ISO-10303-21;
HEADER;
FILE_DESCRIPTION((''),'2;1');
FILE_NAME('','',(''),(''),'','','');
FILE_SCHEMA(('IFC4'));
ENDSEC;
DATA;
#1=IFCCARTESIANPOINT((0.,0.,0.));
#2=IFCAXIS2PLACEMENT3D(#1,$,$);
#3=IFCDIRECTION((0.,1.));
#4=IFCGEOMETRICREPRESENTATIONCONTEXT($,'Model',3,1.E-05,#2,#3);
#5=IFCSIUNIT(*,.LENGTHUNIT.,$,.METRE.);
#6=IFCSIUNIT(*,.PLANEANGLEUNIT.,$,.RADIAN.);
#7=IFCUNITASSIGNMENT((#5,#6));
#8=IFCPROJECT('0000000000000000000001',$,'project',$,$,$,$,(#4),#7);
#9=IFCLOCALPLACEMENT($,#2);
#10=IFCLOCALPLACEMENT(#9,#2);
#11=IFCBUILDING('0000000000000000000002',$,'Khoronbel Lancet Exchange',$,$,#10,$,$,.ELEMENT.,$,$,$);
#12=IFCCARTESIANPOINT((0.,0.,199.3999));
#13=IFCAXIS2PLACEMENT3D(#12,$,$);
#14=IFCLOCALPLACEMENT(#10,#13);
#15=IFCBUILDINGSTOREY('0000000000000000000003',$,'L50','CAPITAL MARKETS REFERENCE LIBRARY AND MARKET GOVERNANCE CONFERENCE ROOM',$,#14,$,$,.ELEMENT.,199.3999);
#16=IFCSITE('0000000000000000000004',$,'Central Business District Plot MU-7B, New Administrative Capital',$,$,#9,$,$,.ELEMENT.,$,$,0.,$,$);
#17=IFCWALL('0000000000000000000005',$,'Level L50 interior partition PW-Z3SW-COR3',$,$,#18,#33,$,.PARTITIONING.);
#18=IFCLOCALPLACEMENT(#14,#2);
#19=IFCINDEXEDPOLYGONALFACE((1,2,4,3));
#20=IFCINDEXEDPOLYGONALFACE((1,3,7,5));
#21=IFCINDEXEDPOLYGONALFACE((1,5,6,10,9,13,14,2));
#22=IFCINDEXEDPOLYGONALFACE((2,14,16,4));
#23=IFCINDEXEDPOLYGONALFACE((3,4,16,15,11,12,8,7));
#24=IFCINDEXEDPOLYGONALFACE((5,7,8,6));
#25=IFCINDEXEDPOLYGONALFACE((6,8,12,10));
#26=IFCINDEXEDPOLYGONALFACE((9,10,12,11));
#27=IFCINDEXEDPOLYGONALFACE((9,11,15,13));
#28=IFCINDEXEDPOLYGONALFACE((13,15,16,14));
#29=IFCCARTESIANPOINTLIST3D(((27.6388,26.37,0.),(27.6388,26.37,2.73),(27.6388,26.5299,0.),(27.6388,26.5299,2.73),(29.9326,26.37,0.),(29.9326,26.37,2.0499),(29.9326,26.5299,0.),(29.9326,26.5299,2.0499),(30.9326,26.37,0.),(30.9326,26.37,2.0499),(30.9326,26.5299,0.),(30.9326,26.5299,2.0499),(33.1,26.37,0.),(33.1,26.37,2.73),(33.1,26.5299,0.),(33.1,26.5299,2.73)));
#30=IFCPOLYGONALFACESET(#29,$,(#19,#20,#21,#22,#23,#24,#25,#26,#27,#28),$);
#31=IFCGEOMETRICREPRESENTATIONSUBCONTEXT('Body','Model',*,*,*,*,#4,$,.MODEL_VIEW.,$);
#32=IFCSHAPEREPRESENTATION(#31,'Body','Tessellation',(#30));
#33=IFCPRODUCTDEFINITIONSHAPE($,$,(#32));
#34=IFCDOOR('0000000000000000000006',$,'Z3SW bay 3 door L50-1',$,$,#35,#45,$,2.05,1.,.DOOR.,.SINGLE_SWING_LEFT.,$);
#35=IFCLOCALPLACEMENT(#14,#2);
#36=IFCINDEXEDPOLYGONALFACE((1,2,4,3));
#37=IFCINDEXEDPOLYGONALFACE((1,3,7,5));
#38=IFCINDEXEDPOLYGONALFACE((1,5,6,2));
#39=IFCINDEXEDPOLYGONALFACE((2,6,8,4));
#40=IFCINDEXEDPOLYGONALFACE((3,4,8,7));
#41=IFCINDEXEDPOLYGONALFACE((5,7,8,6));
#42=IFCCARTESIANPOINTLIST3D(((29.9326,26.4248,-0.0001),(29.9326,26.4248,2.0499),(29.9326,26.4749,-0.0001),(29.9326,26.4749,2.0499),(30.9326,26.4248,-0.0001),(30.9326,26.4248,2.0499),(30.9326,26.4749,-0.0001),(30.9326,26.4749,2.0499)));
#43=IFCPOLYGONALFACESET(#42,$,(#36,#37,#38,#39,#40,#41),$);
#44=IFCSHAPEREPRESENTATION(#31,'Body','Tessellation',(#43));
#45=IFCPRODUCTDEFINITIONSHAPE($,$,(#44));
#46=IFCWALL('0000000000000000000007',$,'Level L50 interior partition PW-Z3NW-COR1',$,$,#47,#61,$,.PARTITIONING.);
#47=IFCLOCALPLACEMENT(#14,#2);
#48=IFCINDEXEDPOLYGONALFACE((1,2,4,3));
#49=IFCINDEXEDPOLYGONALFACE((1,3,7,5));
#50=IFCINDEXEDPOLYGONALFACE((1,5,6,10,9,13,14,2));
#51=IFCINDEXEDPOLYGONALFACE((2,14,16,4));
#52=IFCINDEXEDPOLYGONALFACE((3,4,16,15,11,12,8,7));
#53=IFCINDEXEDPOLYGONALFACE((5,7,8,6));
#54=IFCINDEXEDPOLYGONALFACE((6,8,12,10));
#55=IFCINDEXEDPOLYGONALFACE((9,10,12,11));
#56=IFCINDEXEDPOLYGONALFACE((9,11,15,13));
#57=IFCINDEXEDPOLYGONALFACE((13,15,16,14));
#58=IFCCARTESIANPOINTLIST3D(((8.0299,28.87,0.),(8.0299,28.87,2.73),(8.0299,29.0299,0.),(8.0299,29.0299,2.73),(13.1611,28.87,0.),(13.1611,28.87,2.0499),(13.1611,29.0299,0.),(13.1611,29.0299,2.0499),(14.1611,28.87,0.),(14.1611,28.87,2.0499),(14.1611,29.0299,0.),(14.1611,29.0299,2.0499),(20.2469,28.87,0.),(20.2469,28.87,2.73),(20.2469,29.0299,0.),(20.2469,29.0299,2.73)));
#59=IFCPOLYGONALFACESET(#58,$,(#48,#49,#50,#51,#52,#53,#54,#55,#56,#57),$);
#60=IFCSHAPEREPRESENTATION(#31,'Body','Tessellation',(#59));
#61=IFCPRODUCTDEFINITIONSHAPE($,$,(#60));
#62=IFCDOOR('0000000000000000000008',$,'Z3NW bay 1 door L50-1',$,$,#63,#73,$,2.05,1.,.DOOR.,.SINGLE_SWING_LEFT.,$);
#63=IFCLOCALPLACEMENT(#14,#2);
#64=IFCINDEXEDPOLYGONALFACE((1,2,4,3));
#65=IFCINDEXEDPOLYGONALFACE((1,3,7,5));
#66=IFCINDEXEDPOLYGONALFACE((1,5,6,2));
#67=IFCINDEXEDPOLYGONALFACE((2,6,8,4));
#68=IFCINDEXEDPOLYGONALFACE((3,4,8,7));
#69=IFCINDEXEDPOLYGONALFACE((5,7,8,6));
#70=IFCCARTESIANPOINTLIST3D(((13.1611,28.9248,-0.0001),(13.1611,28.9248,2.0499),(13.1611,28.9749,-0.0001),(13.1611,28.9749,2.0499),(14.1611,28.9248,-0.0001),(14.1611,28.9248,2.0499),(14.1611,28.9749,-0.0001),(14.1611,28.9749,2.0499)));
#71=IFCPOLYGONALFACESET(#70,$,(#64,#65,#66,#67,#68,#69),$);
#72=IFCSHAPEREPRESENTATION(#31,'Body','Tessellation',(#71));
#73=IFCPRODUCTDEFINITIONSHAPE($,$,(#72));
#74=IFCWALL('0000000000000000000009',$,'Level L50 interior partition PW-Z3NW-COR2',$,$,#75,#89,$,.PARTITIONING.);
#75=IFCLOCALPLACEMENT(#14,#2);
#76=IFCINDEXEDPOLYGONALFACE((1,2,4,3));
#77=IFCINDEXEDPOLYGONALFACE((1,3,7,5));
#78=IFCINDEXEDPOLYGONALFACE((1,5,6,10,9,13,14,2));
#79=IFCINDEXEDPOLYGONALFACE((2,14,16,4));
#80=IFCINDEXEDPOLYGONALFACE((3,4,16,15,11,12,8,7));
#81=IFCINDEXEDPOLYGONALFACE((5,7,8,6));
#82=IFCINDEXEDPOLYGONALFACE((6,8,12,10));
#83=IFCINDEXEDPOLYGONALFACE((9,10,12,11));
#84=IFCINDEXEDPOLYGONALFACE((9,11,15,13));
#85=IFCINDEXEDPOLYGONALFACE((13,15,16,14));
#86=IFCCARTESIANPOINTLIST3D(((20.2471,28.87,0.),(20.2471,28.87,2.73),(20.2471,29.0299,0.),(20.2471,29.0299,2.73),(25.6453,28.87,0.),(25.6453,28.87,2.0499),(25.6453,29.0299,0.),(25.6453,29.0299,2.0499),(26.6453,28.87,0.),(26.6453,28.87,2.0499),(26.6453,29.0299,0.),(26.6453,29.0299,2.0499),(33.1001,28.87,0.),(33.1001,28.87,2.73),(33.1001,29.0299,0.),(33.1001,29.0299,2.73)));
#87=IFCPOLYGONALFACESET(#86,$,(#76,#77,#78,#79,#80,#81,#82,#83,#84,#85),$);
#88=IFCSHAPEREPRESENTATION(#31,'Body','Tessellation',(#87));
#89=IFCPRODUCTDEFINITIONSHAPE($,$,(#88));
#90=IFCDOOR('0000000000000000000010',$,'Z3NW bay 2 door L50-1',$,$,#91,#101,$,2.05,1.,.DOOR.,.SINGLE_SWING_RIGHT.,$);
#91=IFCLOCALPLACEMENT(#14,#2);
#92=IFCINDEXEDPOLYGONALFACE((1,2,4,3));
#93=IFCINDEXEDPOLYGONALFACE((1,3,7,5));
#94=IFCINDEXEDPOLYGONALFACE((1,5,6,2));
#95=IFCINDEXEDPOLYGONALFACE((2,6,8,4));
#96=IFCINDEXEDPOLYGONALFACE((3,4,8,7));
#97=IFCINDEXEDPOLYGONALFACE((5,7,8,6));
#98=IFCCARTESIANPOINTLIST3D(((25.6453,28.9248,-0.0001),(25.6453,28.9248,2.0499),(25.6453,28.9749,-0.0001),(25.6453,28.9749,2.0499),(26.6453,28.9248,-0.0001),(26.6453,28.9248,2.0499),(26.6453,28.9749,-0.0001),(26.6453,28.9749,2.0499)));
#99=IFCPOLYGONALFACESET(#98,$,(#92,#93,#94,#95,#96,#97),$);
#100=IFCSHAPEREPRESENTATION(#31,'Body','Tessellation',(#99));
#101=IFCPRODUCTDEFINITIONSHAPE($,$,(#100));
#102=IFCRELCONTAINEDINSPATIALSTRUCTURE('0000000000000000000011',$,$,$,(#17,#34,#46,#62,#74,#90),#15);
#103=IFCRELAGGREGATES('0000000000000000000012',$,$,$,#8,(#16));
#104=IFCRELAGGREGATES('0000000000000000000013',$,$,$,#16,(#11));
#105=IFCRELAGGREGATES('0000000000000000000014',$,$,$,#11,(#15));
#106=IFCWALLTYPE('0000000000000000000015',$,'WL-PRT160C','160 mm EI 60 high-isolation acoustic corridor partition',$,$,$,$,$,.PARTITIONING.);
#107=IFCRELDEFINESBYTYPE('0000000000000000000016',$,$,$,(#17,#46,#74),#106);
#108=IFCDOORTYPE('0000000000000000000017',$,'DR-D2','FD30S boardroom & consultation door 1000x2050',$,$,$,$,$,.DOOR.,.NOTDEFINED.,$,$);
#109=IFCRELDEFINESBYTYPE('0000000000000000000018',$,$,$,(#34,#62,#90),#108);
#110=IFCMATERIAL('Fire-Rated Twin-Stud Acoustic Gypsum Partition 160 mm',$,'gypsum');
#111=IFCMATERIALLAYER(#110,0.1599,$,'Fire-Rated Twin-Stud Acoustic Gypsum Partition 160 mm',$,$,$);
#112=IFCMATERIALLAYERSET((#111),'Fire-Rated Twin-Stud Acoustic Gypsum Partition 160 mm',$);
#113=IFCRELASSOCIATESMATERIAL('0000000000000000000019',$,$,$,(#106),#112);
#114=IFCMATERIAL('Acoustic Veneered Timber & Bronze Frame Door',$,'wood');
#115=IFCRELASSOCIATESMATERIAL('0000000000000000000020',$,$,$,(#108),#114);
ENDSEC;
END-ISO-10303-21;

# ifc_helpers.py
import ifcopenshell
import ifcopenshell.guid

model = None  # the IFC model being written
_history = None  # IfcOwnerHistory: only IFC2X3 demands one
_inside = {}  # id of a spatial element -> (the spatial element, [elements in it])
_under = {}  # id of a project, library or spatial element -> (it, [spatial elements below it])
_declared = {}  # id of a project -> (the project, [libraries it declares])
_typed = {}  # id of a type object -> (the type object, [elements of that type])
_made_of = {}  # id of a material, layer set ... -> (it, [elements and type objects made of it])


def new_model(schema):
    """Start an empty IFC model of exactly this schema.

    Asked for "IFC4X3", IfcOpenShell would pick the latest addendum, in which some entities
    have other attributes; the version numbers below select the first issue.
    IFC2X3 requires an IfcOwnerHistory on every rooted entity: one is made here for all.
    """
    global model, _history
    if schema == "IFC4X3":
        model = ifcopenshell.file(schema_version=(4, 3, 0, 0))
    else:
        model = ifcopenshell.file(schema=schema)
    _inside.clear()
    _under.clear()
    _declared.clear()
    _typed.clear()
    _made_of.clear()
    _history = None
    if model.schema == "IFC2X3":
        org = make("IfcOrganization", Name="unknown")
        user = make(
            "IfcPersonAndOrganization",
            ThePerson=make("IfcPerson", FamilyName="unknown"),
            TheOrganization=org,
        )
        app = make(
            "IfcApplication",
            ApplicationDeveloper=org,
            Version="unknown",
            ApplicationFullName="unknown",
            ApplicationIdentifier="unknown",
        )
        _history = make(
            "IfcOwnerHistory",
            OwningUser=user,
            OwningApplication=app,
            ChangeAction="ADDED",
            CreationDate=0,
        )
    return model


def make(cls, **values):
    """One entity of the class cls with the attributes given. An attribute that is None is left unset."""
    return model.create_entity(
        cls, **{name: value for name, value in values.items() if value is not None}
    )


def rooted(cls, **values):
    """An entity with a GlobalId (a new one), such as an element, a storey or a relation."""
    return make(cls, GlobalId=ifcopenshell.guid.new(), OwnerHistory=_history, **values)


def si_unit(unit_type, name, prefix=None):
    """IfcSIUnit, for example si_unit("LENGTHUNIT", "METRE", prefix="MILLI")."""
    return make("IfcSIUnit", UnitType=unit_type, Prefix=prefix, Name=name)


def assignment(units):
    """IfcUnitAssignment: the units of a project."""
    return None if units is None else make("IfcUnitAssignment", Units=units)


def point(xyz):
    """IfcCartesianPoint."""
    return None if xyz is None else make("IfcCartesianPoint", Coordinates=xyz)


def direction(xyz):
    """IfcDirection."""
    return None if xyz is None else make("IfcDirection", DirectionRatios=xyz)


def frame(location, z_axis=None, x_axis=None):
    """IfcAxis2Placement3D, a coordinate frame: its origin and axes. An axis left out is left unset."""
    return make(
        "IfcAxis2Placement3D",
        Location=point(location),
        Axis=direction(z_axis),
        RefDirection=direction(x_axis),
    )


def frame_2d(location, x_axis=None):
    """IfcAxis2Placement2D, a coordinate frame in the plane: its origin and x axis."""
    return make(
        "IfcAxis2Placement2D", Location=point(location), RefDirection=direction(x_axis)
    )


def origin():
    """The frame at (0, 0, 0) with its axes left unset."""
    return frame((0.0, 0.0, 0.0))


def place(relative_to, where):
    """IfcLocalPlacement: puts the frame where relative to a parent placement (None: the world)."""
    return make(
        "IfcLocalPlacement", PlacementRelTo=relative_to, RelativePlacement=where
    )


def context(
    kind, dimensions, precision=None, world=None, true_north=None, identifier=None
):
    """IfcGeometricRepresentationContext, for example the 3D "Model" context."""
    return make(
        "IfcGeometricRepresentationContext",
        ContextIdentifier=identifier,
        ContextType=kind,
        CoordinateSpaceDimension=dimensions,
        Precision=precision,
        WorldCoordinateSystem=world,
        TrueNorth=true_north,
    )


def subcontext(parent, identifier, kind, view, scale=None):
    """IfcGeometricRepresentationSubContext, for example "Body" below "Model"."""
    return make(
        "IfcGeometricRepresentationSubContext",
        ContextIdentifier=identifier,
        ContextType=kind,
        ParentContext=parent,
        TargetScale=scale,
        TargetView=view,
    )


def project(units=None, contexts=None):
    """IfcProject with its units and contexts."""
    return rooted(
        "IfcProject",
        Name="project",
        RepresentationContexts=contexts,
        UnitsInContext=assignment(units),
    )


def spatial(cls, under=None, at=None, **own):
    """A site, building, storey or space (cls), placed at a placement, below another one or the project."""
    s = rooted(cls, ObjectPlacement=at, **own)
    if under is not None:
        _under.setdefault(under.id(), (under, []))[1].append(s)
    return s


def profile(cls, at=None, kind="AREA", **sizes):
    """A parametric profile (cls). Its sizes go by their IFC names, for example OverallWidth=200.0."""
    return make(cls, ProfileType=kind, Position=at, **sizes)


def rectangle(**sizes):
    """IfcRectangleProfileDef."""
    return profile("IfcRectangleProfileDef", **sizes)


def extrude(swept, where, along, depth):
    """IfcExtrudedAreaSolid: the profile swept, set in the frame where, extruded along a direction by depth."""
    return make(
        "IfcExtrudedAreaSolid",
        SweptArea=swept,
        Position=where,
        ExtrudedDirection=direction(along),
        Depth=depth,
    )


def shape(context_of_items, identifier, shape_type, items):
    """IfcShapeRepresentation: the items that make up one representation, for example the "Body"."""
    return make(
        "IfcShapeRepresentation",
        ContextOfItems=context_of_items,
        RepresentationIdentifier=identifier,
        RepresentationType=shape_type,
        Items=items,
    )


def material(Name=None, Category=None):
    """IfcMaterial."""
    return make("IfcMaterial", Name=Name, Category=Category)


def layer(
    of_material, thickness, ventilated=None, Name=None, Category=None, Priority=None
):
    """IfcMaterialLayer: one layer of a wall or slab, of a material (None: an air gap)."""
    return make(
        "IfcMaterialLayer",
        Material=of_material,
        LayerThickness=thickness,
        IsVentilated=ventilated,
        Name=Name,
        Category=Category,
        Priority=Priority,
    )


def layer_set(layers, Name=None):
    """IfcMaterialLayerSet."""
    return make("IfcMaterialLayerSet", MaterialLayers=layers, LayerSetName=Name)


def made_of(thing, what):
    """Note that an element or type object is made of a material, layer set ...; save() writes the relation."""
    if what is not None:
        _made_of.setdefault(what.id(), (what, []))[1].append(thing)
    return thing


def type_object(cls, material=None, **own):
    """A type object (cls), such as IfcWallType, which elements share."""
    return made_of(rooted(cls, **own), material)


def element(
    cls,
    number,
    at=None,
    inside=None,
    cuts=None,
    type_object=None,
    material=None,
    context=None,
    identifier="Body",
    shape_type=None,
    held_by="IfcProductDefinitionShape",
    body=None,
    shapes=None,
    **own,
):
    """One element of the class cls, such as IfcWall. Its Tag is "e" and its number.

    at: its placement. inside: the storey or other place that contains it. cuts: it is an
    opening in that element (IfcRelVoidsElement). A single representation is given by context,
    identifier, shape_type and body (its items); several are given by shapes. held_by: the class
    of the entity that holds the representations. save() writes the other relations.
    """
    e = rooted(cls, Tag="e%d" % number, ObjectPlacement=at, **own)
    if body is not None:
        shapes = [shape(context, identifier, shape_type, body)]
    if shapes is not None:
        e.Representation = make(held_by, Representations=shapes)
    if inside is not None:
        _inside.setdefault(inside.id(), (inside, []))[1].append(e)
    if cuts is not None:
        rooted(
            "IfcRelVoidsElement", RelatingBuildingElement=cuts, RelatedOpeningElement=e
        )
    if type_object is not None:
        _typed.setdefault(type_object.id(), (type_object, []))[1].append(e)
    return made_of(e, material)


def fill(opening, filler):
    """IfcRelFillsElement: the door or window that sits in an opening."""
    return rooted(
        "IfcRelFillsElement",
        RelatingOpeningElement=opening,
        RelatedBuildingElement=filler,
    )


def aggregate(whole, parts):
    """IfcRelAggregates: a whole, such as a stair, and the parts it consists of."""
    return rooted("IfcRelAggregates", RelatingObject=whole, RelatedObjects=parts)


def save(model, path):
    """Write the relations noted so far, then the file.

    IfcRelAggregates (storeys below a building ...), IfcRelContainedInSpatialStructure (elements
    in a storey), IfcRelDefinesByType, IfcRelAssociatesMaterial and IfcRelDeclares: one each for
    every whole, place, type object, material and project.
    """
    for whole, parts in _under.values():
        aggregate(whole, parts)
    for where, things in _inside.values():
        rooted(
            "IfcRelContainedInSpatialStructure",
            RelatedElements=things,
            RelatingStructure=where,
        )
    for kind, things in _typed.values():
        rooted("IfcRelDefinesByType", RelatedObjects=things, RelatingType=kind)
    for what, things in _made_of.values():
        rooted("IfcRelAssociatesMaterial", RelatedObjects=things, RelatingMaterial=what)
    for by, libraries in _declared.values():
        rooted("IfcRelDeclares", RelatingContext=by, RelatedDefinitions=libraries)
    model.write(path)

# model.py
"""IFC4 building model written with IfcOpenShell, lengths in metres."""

from ifc_helpers import new_model, si_unit, direction, frame, frame_2d, origin, place, context, subcontext, project, spatial, rectangle, extrude, material, layer, layer_set, type_object, element, fill, save


model = new_model("IFC4")

# Units and contexts
model_context = context("Model", 3, precision=1e-05, world=origin(), true_north=direction((0.0, 1.0)))
body_context = subcontext(model_context, "Body", "Model", "MODEL_VIEW")
ifc_project = project(units=[si_unit("LENGTHUNIT", "METRE"), si_unit("PLANEANGLEUNIT", "RADIAN")], contexts=[model_context])

# Site, building, storey
site_placement = place(None, origin())
site = spatial("IfcSite", under=ifc_project, at=site_placement, Name="Central Business District Plot MU-7B, New Administrative Capital", CompositionType="ELEMENT", RefElevation=0.0)
building_placement = place(site_placement, origin())
building = spatial("IfcBuilding", under=site, at=building_placement, Name="Khoronbel Lancet Exchange", CompositionType="ELEMENT")
storey_placement = place(building_placement, frame((0.0, 0.0, 199.3999)))
storey = spatial("IfcBuildingStorey", under=building, at=storey_placement, Name="L50", Description="CAPITAL MARKETS REFERENCE LIBRARY AND MARKET GOVERNANCE CONFERENCE ROOM", CompositionType="ELEMENT", Elevation=199.3999)

# Walls, openings, doors
ifc_material_1 = material(Name="Fire-Rated Twin-Stud Acoustic Gypsum Partition 160 mm", Category="gypsum")
ifc_layer_1 = layer(ifc_material_1, 0.1599, Name="Fire-Rated Twin-Stud Acoustic Gypsum Partition 160 mm")
ifc_layer_set_1 = layer_set([ifc_layer_1], Name="Fire-Rated Twin-Stud Acoustic Gypsum Partition 160 mm")
wall_type_1 = type_object("IfcWallType", Name="WL-PRT160C", Description="160 mm EI 60 high-isolation acoustic corridor partition", PredefinedType="PARTITIONING", material=ifc_layer_set_1)
ifc_material_2 = material(Name="Acoustic Veneered Timber & Bronze Frame Door", Category="wood")
door_type_1 = type_object("IfcDoorType", Name="DR-D2", Description="FD30S boardroom & consultation door 1000x2050", OperationType="NOTDEFINED", PredefinedType="DOOR", material=ifc_material_2)
wall_1_placement = place(storey_placement, frame((27.6389, 26.45, 0.0), z_axis=(0.0, 0.0, 1.0), x_axis=(1.0, 0.0, 0.0)))
wall_1 = element("IfcWall", 1, at=wall_1_placement, inside=storey, type_object=wall_type_1, Name="Level L50 interior partition PW-Z3SW-COR3", PredefinedType="PARTITIONING", context=body_context, shape_type="SweptSolid", body=[
    extrude(rectangle(XDim=5.4612, YDim=0.1599, at=frame_2d((2.7305, 0.0))), origin(), (0.0, 0.0, 1.0), 2.73),
])
opening_1_placement = place(wall_1_placement, frame((2.2937, 0.0, 0.0)))
opening_1 = element("IfcOpeningElement", 2, at=opening_1_placement, cuts=wall_1, PredefinedType="OPENING", context=body_context, shape_type="SweptSolid", body=[
    extrude(rectangle(XDim=1.0, YDim=2.05, at=frame_2d((0.5, 1.0249))), frame((0.0, 0.0898, 0.0), z_axis=(0.0, -1.0, 0.0), x_axis=(1.0, 0.0, 0.0)), (0.0, 0.0, 1.0), 0.1799),
])
door_1_placement = place(opening_1_placement, origin())
door_1 = element("IfcDoor", 3, at=door_1_placement, inside=storey, type_object=door_type_1, Name="Z3SW bay 3 door L50-1", OperationType="SINGLE_SWING_LEFT", OverallHeight=2.05, OverallWidth=1.0, PredefinedType="DOOR", context=body_context, shape_type="SweptSolid", body=[
    extrude(rectangle(XDim=1.0, YDim=2.05, at=frame_2d((0.5, 1.0249))), frame((0.0, 0.0249, 0.0), z_axis=(0.0, -1.0, 0.0), x_axis=(1.0, 0.0, 0.0)), (0.0, 0.0, 1.0), 0.05),
])
fill(opening_1, door_1)
wall_2_placement = place(storey_placement, frame((8.03, 28.95, 0.0), z_axis=(0.0, 0.0, 1.0), x_axis=(1.0, 0.0, 0.0)))
wall_2 = element("IfcWall", 4, at=wall_2_placement, inside=storey, type_object=wall_type_1, Name="Level L50 interior partition PW-Z3NW-COR1", PredefinedType="PARTITIONING", context=body_context, shape_type="SweptSolid", body=[
    extrude(rectangle(XDim=12.217, YDim=0.1599, at=frame_2d((6.1084, 0.0))), origin(), (0.0, 0.0, 1.0), 2.73),
])
opening_2_placement = place(wall_2_placement, frame((5.1311, 0.0, 0.0)))
opening_2 = element("IfcOpeningElement", 5, at=opening_2_placement, cuts=wall_2, PredefinedType="OPENING", context=body_context, shape_type="SweptSolid", body=[
    extrude(rectangle(XDim=1.0, YDim=2.05, at=frame_2d((0.5, 1.0249))), frame((0.0, 0.0898, 0.0), z_axis=(0.0, -1.0, 0.0), x_axis=(1.0, 0.0, 0.0)), (0.0, 0.0, 1.0), 0.1799),
])
door_2_placement = place(opening_2_placement, origin())
door_2 = element("IfcDoor", 6, at=door_2_placement, inside=storey, type_object=door_type_1, Name="Z3NW bay 1 door L50-1", OperationType="SINGLE_SWING_LEFT", OverallHeight=2.05, OverallWidth=1.0, PredefinedType="DOOR", context=body_context, shape_type="SweptSolid", body=[
    extrude(rectangle(XDim=1.0, YDim=2.05, at=frame_2d((0.5, 1.0249))), frame((0.0, 0.0249, 0.0), z_axis=(0.0, -1.0, 0.0), x_axis=(1.0, 0.0, 0.0)), (0.0, 0.0, 1.0), 0.05),
])
fill(opening_2, door_2)
wall_3_placement = place(storey_placement, frame((20.2471, 28.95, 0.0), z_axis=(0.0, 0.0, 1.0), x_axis=(1.0, 0.0, 0.0)))
wall_3 = element("IfcWall", 7, at=wall_3_placement, inside=storey, type_object=wall_type_1, Name="Level L50 interior partition PW-Z3NW-COR2", PredefinedType="PARTITIONING", context=body_context, shape_type="SweptSolid", body=[
    extrude(rectangle(XDim=12.853, YDim=0.1599, at=frame_2d((6.4265, 0.0))), origin(), (0.0, 0.0, 1.0), 2.73),
])
opening_3_placement = place(wall_3_placement, frame((5.3982, 0.0, 0.0)))
opening_3 = element("IfcOpeningElement", 8, at=opening_3_placement, cuts=wall_3, PredefinedType="OPENING", context=body_context, shape_type="SweptSolid", body=[
    extrude(rectangle(XDim=1.0, YDim=2.05, at=frame_2d((0.5, 1.0249))), frame((0.0, 0.0898, 0.0), z_axis=(0.0, -1.0, 0.0), x_axis=(1.0, 0.0, 0.0)), (0.0, 0.0, 1.0), 0.1799),
])
door_3_placement = place(opening_3_placement, origin())
door_3 = element("IfcDoor", 9, at=door_3_placement, inside=storey, type_object=door_type_1, Name="Z3NW bay 2 door L50-1", OperationType="SINGLE_SWING_RIGHT", OverallHeight=2.05, OverallWidth=1.0, PredefinedType="DOOR", context=body_context, shape_type="SweptSolid", body=[
    extrude(rectangle(XDim=1.0, YDim=2.05, at=frame_2d((0.5, 1.0249))), frame((0.0, 0.0249, 0.0), z_axis=(0.0, -1.0, 0.0), x_axis=(1.0, 0.0, 0.0)), (0.0, 0.0, 1.0), 0.05),
])
fill(opening_3, door_3)

save(model, "model.ifc")
